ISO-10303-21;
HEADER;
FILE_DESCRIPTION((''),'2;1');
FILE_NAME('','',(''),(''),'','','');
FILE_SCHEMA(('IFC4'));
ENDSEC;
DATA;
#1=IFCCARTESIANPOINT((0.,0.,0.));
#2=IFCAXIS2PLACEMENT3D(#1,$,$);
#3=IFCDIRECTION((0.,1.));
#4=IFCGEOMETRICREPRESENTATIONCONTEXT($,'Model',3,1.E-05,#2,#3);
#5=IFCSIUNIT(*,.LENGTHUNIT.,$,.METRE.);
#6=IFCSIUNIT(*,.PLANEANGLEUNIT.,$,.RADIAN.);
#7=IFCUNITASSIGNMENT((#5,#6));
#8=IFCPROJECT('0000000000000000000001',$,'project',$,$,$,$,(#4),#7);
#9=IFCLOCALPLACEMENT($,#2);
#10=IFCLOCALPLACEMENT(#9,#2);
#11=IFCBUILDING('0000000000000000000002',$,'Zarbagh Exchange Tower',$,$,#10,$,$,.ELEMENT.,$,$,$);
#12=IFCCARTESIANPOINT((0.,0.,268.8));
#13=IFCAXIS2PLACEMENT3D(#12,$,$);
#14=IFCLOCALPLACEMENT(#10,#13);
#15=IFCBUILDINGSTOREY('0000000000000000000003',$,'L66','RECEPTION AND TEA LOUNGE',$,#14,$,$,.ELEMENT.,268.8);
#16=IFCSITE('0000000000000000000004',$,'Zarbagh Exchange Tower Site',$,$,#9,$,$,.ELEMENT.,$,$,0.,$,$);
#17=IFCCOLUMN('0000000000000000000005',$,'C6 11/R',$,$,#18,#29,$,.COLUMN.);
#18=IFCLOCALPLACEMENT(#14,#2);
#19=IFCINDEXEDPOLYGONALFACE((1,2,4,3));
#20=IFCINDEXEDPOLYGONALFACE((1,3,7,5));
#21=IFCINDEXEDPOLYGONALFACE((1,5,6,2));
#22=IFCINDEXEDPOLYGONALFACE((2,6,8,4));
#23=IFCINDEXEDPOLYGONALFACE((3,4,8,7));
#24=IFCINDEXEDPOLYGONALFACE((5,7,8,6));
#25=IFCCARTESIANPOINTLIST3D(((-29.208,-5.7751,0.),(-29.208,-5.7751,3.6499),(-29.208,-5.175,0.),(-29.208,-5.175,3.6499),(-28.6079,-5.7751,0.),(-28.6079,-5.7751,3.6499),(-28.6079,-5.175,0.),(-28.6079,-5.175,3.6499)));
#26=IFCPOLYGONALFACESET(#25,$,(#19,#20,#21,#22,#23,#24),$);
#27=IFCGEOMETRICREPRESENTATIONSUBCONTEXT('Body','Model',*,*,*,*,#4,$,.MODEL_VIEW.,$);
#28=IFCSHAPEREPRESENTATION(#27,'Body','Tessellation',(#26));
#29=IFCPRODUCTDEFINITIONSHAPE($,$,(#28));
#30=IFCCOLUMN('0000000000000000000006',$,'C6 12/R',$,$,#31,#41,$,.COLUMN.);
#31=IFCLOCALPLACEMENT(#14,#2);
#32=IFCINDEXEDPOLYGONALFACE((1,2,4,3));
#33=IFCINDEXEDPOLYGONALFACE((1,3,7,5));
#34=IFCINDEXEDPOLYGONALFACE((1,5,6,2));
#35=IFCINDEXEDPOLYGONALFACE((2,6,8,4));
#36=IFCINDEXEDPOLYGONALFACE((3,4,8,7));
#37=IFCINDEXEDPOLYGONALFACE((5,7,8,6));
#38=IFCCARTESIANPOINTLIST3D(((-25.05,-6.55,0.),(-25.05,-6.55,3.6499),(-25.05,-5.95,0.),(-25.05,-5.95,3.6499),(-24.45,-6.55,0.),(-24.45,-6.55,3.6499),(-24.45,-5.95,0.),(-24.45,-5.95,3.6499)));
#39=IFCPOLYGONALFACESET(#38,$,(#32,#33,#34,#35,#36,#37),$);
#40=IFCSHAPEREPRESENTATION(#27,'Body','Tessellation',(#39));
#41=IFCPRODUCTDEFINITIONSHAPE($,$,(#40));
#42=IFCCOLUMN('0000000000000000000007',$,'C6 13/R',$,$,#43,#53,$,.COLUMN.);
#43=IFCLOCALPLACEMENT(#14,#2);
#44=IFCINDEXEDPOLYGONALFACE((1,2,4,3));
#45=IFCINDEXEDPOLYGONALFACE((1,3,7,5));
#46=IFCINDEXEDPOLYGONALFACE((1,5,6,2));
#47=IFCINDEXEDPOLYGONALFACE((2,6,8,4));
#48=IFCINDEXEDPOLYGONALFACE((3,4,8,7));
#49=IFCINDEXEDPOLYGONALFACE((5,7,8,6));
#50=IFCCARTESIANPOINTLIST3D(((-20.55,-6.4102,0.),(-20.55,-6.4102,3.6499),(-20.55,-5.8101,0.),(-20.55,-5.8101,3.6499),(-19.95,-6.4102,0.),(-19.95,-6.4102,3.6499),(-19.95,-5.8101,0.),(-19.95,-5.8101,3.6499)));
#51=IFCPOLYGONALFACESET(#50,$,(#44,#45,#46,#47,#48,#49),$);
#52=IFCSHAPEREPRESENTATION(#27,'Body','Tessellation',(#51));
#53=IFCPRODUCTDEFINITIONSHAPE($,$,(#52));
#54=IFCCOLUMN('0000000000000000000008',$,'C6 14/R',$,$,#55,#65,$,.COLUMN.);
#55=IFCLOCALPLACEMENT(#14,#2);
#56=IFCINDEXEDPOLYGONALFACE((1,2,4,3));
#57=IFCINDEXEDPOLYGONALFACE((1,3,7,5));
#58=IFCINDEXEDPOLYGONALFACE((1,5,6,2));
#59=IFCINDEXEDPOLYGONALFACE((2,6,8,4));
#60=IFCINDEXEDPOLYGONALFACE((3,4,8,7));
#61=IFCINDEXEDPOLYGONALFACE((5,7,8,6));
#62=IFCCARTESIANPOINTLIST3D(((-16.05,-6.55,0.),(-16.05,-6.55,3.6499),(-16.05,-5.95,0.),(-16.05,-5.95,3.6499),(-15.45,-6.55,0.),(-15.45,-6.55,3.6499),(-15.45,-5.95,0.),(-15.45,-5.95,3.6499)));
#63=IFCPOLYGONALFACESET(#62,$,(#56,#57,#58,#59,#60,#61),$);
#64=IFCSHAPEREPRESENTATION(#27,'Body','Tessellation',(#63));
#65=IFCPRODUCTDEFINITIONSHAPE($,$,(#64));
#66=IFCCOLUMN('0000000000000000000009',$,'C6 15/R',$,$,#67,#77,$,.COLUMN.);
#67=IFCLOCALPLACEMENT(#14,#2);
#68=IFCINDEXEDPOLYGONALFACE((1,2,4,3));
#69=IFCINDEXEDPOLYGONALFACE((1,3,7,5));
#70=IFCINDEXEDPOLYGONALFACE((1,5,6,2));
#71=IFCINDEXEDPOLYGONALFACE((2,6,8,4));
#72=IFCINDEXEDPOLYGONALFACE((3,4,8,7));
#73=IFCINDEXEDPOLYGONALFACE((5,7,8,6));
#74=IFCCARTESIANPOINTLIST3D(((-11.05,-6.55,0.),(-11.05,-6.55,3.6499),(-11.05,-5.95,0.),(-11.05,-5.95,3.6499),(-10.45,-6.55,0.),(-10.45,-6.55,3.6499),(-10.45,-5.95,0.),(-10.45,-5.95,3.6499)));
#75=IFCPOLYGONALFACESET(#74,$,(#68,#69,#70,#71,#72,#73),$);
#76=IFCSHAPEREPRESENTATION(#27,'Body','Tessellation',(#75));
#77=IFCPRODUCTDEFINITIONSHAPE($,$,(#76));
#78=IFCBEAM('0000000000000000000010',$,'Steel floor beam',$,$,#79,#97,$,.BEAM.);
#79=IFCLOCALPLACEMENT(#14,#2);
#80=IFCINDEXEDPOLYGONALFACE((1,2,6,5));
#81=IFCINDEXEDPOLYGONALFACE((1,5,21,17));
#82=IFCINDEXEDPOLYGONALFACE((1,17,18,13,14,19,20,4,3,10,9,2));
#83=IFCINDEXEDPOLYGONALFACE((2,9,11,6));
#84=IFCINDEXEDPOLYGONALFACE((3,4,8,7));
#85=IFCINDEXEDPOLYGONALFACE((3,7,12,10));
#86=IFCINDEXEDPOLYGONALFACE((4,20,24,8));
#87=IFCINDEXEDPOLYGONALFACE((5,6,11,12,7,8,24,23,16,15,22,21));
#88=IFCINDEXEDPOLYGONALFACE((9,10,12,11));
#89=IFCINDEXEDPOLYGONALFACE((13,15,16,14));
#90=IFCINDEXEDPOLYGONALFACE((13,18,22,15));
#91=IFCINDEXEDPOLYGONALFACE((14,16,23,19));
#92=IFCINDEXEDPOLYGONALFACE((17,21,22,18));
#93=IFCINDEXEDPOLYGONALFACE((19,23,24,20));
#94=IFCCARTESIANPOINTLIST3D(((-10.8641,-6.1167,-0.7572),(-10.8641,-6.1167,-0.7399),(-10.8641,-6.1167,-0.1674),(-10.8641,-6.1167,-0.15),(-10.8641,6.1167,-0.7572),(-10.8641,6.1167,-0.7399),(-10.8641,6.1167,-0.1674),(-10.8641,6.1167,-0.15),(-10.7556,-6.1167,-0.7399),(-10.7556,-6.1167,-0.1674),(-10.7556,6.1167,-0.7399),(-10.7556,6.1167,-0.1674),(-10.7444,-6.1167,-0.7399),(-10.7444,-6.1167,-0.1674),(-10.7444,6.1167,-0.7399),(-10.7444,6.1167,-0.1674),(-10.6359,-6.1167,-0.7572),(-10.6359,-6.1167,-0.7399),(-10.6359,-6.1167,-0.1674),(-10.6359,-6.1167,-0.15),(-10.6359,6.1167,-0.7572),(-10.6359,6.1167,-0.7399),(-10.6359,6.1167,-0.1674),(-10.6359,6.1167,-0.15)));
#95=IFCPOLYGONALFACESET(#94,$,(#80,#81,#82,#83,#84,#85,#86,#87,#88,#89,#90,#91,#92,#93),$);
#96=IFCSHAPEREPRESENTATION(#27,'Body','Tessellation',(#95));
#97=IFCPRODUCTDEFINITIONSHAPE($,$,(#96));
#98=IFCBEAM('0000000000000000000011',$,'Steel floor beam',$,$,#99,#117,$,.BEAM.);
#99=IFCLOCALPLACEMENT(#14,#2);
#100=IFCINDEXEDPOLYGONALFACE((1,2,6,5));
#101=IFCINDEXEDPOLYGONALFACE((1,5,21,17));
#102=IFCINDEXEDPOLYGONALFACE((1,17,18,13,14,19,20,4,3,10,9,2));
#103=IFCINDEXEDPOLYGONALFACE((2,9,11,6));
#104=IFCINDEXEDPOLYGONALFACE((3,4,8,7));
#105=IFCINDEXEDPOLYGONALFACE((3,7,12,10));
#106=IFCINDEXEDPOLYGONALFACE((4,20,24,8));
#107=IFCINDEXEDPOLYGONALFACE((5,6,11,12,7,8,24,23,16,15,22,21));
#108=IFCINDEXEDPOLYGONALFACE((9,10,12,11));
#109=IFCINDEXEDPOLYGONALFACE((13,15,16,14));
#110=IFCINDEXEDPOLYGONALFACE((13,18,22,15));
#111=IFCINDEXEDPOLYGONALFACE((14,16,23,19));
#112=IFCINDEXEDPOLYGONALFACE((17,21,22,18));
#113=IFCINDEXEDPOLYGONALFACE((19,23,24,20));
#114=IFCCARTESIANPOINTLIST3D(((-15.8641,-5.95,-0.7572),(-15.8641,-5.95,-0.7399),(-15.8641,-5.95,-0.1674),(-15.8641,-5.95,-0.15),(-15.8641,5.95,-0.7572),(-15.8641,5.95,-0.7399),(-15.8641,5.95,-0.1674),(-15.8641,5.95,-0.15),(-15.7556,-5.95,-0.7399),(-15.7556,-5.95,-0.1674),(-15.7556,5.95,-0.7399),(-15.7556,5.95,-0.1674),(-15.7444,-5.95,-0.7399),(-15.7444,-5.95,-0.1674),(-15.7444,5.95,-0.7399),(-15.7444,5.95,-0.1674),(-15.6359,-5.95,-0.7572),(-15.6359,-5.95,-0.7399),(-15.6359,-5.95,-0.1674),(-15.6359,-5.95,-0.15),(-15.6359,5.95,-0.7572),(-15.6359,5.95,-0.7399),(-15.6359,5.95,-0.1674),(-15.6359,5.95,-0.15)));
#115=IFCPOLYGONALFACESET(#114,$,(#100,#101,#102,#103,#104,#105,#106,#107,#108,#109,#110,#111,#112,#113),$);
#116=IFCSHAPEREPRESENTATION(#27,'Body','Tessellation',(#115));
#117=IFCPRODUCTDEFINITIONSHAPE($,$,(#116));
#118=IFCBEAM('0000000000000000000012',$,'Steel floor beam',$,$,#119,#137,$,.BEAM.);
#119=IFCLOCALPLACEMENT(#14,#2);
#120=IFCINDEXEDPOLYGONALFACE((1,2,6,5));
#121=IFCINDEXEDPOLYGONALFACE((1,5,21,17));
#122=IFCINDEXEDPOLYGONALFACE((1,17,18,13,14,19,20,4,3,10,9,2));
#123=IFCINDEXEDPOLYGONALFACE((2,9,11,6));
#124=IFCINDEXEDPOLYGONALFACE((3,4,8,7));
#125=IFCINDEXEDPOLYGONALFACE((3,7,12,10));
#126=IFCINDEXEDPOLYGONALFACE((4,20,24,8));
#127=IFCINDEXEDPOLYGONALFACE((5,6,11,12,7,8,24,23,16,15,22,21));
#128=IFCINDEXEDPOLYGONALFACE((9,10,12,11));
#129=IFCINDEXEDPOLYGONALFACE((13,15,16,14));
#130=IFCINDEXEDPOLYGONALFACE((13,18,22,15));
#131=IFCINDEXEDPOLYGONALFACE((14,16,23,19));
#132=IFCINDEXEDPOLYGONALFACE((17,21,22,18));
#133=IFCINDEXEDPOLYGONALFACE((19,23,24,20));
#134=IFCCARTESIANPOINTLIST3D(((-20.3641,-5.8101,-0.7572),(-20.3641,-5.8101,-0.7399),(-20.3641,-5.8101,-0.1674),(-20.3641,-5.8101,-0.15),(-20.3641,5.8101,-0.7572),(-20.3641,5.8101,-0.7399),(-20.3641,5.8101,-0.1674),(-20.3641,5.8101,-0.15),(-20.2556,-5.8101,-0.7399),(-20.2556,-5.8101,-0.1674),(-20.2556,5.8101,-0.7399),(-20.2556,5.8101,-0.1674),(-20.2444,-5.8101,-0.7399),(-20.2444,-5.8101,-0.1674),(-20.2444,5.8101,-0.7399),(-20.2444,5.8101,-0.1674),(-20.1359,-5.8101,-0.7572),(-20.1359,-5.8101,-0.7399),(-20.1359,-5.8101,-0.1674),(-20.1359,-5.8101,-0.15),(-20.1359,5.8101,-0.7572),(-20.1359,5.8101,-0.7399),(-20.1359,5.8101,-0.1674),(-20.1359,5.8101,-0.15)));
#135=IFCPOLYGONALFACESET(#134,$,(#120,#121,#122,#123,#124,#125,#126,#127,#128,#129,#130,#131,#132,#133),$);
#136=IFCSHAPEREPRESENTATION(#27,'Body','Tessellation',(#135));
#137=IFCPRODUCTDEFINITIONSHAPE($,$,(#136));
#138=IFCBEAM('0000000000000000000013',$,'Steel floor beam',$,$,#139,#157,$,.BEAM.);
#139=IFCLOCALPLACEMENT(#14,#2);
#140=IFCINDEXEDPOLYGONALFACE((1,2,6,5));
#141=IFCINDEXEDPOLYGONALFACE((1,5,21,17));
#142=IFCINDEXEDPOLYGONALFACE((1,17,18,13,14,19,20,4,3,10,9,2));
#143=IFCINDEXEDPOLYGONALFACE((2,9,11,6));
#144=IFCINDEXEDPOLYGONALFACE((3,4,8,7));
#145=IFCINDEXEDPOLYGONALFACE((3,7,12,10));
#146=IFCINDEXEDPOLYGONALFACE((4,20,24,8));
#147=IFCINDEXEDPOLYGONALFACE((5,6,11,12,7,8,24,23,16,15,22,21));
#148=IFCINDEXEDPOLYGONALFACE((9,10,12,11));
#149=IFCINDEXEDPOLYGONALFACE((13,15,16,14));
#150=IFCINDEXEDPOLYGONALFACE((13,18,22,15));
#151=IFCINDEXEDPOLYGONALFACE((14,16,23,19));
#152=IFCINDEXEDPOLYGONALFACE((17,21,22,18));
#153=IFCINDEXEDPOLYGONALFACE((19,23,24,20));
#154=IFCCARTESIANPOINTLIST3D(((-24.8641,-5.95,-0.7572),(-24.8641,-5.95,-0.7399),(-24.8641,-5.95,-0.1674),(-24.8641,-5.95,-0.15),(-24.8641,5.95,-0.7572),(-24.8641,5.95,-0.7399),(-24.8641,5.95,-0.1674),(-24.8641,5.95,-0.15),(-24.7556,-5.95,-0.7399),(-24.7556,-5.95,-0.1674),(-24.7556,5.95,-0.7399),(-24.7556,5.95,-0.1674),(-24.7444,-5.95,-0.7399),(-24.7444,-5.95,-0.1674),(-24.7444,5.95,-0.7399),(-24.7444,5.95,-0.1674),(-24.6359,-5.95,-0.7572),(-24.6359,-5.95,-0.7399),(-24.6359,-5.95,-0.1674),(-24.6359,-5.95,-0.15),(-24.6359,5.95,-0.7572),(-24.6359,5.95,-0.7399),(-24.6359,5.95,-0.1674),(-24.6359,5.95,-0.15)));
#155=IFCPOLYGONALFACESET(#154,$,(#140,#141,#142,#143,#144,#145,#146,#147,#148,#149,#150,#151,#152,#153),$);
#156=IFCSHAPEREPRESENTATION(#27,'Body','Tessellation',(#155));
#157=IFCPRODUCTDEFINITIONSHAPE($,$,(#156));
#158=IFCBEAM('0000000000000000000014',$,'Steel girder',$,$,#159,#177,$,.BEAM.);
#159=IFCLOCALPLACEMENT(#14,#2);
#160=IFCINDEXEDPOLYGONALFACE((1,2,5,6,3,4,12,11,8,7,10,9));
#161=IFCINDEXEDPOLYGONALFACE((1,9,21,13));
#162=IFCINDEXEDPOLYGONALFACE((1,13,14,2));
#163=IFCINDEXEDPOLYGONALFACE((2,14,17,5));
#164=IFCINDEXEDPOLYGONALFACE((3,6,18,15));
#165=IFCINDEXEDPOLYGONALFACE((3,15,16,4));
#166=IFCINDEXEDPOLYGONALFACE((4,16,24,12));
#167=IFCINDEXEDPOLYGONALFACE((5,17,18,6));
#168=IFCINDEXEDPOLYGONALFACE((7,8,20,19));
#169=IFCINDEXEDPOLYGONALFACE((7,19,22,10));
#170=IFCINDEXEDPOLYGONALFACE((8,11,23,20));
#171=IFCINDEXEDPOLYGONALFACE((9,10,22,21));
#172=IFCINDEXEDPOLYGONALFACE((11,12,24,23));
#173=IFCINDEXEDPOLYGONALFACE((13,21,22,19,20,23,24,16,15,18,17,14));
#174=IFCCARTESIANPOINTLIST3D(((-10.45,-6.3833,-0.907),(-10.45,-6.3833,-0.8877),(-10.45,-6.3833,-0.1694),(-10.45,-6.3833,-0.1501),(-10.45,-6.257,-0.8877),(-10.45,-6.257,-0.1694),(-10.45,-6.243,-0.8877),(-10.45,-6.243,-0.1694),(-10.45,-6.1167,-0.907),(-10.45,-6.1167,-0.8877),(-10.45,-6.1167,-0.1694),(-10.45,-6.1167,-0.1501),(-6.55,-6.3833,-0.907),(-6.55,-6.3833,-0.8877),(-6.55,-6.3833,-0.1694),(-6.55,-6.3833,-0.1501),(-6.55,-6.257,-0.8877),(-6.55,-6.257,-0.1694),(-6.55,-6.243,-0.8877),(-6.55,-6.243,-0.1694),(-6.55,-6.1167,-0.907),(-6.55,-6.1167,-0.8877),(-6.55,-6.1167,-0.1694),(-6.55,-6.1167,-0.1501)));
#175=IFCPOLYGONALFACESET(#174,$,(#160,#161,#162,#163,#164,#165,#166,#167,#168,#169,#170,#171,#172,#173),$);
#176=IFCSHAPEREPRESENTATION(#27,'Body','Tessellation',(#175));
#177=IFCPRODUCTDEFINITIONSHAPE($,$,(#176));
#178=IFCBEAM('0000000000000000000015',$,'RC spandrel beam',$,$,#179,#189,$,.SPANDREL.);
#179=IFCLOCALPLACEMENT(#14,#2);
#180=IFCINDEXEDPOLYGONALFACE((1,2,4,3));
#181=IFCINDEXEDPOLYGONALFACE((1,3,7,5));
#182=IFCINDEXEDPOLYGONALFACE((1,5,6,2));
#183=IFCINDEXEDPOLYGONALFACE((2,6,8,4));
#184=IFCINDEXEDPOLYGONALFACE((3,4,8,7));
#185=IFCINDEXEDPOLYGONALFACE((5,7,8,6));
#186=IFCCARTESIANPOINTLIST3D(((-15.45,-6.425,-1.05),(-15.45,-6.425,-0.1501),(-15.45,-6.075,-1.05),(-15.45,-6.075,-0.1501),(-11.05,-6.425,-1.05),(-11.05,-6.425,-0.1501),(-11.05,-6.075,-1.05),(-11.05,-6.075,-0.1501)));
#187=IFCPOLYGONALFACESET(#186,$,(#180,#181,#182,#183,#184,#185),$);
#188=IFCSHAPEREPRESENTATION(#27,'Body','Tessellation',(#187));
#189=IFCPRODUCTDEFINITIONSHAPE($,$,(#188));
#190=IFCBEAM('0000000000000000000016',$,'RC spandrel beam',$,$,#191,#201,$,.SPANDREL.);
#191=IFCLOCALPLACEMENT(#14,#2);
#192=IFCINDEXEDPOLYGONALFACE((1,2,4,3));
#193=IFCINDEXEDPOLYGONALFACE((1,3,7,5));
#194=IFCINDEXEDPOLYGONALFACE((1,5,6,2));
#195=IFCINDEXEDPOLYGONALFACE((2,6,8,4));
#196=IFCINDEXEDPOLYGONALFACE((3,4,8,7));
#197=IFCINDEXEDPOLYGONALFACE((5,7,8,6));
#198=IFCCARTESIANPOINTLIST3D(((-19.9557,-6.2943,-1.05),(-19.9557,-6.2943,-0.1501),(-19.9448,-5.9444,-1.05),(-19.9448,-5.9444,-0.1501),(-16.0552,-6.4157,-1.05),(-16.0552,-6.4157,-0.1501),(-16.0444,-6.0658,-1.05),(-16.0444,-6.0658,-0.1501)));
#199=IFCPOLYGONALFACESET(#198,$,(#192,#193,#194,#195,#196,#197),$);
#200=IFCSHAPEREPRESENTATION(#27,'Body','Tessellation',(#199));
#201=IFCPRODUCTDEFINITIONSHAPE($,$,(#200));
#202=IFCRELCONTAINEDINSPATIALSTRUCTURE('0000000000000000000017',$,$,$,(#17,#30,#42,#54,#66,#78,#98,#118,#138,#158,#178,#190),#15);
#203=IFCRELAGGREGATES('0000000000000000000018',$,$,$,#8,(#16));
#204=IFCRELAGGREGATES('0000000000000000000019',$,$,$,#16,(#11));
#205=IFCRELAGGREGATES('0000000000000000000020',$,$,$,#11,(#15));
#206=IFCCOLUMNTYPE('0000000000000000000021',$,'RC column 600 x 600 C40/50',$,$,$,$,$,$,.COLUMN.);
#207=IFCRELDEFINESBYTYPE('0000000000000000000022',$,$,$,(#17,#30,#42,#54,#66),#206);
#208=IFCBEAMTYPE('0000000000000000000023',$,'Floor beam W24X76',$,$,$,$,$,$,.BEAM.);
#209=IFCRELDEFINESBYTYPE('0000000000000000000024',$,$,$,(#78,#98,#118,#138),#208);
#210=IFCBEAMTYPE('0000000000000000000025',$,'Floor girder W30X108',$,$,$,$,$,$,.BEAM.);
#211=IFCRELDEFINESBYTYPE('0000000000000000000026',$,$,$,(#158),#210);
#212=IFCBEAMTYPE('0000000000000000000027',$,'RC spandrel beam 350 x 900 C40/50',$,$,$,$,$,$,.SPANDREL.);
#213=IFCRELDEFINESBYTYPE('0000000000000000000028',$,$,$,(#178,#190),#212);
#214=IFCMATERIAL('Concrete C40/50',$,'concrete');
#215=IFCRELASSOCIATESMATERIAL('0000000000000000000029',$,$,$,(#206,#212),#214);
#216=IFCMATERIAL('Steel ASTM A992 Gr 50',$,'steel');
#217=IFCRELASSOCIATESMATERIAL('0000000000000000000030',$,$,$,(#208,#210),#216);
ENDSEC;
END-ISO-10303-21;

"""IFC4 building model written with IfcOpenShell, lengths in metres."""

from ifc_helpers import new_model, si_unit, direction, frame, origin, origin_2d, place, context, subcontext, project, spatial, rectangle, i_section, extrude, material, material_profile, profile_set, type_object, element, save


model = new_model("IFC4")

# Units and contexts
model_context = context("Model", 3, precision=1e-05, world=origin(), true_north=direction((0.0, 1.0)))
body_context = subcontext(model_context, "Body", "Model", "MODEL_VIEW")
ifc_project = project(units=[si_unit("LENGTHUNIT", "METRE"), si_unit("PLANEANGLEUNIT", "RADIAN")], contexts=[model_context])

# Site, building, storey
site_placement = place(None, origin())
site = spatial("IfcSite", under=ifc_project, at=site_placement, Name="Zarbagh Exchange Tower Site", CompositionType="ELEMENT", RefElevation=0.0)
building_placement = place(site_placement, origin())
building = spatial("IfcBuilding", under=site, at=building_placement, Name="Zarbagh Exchange Tower", CompositionType="ELEMENT")
storey_placement = place(building_placement, frame((0.0, 0.0, 268.8)))
storey = spatial("IfcBuildingStorey", under=building, at=storey_placement, Name="L66", Description="RECEPTION AND TEA LOUNGE", CompositionType="ELEMENT", Elevation=268.8)

# Columns
ifc_material_1 = material(Name="Concrete C40/50", Category="concrete")
ifc_material_profile_1 = material_profile(ifc_material_1, rectangle(XDim=0.6001, YDim=0.6001, at=origin_2d()), Name="RC column 600 x 600 C40/50")
ifc_profile_set_1 = profile_set([ifc_material_profile_1], Name="Concrete C40/50")
column_type = type_object("IfcColumnType", Name="RC column 600 x 600 C40/50", PredefinedType="COLUMN", material=ifc_profile_set_1)
for number, where, z_axis, x_axis, name in (
    (1, (-28.908, -5.4751, 0.0), (0.0, 0.0, 1.0), (1.0, 0.0, 0.0), "C6 11/R"),
    (2, (-24.75, -6.25, 0.0), (0.0, 0.0, 1.0), (1.0, 0.0, 0.0), "C6 12/R"),
    (3, (-20.25, -6.1101, 0.0), (0.0, 0.0, 1.0), (1.0, 0.0, 0.0), "C6 13/R"),
    (4, (-15.75, -6.25, 0.0), (0.0, 0.0, 1.0), (1.0, 0.0, 0.0), "C6 14/R"),
    (5, (-10.75, -6.25, 0.0), (0.0, 0.0, 1.0), (1.0, 0.0, 0.0), "C6 15/R"),
):
    element("IfcColumn", number, at=place(storey_placement, frame(where, z_axis=z_axis, x_axis=x_axis)), inside=storey, type_object=column_type, Name=name, PredefinedType="COLUMN", context=body_context, shape_type="SweptSolid", body=[
        extrude(rectangle(XDim=0.6001, YDim=0.6001, at=origin_2d()), origin(), (0.0, 0.0, 1.0), 3.6499),
    ])

# Beams
ifc_material_2 = material(Name="Steel ASTM A992 Gr 50", Category="steel")
ifc_material_profile_2 = material_profile(ifc_material_2, i_section(OverallWidth=0.2283, OverallDepth=0.6072, WebThickness=0.0112, FlangeThickness=0.0173, at=origin_2d()), Name="W24X76")
ifc_profile_set_2 = profile_set([ifc_material_profile_2], Name="Steel ASTM A992 Gr 50")
beam_type_1 = type_object("IfcBeamType", Name="Floor beam W24X76", PredefinedType="BEAM", material=ifc_profile_set_2)
beam_1_placement = place(storey_placement, frame((-10.75, -6.1167, -0.4536), z_axis=(0.0, 1.0, 0.0), x_axis=(-1.0, 0.0, 0.0)))
element("IfcBeam", 6, at=beam_1_placement, inside=storey, type_object=beam_type_1, Name="Steel floor beam", PredefinedType="BEAM", context=body_context, shape_type="SweptSolid", body=[
    extrude(i_section(OverallWidth=0.2283, OverallDepth=0.6072, WebThickness=0.0112, FlangeThickness=0.0173, at=origin_2d()), origin(), (0.0, 0.0, 1.0), 12.2334),
])
beam_2_placement = place(storey_placement, frame((-15.75, -5.95, -0.4536), z_axis=(0.0, 1.0, 0.0), x_axis=(-1.0, 0.0, 0.0)))
element("IfcBeam", 7, at=beam_2_placement, inside=storey, type_object=beam_type_1, Name="Steel floor beam", PredefinedType="BEAM", context=body_context, shape_type="SweptSolid", body=[
    extrude(i_section(OverallWidth=0.2283, OverallDepth=0.6072, WebThickness=0.0112, FlangeThickness=0.0173, at=origin_2d()), origin(), (0.0, 0.0, 1.0), 11.8999),
])
beam_3_placement = place(storey_placement, frame((-20.25, -5.8101, -0.4536), z_axis=(0.0, 1.0, 0.0), x_axis=(-1.0, 0.0, 0.0)))
element("IfcBeam", 8, at=beam_3_placement, inside=storey, type_object=beam_type_1, Name="Steel floor beam", PredefinedType="BEAM", context=body_context, shape_type="SweptSolid", body=[
    extrude(i_section(OverallWidth=0.2283, OverallDepth=0.6072, WebThickness=0.0112, FlangeThickness=0.0173, at=origin_2d()), origin(), (0.0, 0.0, 1.0), 11.6201),
])
beam_4_placement = place(storey_placement, frame((-24.75, -5.95, -0.4536), z_axis=(0.0, 1.0, 0.0), x_axis=(-1.0, 0.0, 0.0)))
element("IfcBeam", 9, at=beam_4_placement, inside=storey, type_object=beam_type_1, Name="Steel floor beam", PredefinedType="BEAM", context=body_context, shape_type="SweptSolid", body=[
    extrude(i_section(OverallWidth=0.2283, OverallDepth=0.6072, WebThickness=0.0112, FlangeThickness=0.0173, at=origin_2d()), origin(), (0.0, 0.0, 1.0), 11.8999),
])
ifc_material_profile_3 = material_profile(ifc_material_2, i_section(OverallWidth=0.2666, OverallDepth=0.7568, WebThickness=0.0139, FlangeThickness=0.0193, at=origin_2d()), Name="W30X108")
ifc_profile_set_3 = profile_set([ifc_material_profile_3], Name="Steel ASTM A992 Gr 50")
beam_type_2 = type_object("IfcBeamType", Name="Floor girder W30X108", PredefinedType="BEAM", material=ifc_profile_set_3)
beam_5_placement = place(storey_placement, frame((-10.45, -6.25, -0.5286), z_axis=(1.0, 0.0, 0.0), x_axis=(0.0, 1.0, 0.0)))
element("IfcBeam", 10, at=beam_5_placement, inside=storey, type_object=beam_type_2, Name="Steel girder", PredefinedType="BEAM", context=body_context, shape_type="SweptSolid", body=[
    extrude(i_section(OverallWidth=0.2666, OverallDepth=0.7568, WebThickness=0.0139, FlangeThickness=0.0193, at=origin_2d()), origin(), (0.0, 0.0, 1.0), 3.8999),
])
ifc_material_profile_4 = material_profile(ifc_material_1, rectangle(XDim=0.3501, YDim=0.8999, at=origin_2d()), Name="RC spandrel beam 350 x 900 C40/50")
ifc_profile_set_4 = profile_set([ifc_material_profile_4], Name="Concrete C40/50")
beam_type_3 = type_object("IfcBeamType", Name="RC spandrel beam 350 x 900 C40/50", PredefinedType="SPANDREL", material=ifc_profile_set_4)
beam_6_placement = place(storey_placement, frame((-11.05, -6.25, -0.6001), z_axis=(-1.0, 0.0, 0.0), x_axis=(0.0, -1.0, 0.0)))
element("IfcBeam", 11, at=beam_6_placement, inside=storey, type_object=beam_type_3, Name="RC spandrel beam", PredefinedType="SPANDREL", context=body_context, shape_type="SweptSolid", body=[
    extrude(rectangle(XDim=0.3501, YDim=0.8999, at=origin_2d()), origin(), (0.0, 0.0, 1.0), 4.3999),
])
for number, where, z_axis, x_axis, name in (
    (12, (-16.0498, -6.2407, -0.6001), (-0.999516, 0.031094, 0.0), (-0.031094, -0.999516, 0.0), "RC spandrel beam"),
):
    element("IfcBeam", number, at=place(storey_placement, frame(where, z_axis=z_axis, x_axis=x_axis)), inside=storey, type_object=beam_type_3, Name=name, PredefinedType="SPANDREL", context=body_context, shape_type="SweptSolid", body=[
        extrude(rectangle(XDim=0.3501, YDim=0.8999, at=origin_2d()), origin(), (0.0, 0.0, 1.0), 3.9023),
    ])

save(model, "model.ifc")
